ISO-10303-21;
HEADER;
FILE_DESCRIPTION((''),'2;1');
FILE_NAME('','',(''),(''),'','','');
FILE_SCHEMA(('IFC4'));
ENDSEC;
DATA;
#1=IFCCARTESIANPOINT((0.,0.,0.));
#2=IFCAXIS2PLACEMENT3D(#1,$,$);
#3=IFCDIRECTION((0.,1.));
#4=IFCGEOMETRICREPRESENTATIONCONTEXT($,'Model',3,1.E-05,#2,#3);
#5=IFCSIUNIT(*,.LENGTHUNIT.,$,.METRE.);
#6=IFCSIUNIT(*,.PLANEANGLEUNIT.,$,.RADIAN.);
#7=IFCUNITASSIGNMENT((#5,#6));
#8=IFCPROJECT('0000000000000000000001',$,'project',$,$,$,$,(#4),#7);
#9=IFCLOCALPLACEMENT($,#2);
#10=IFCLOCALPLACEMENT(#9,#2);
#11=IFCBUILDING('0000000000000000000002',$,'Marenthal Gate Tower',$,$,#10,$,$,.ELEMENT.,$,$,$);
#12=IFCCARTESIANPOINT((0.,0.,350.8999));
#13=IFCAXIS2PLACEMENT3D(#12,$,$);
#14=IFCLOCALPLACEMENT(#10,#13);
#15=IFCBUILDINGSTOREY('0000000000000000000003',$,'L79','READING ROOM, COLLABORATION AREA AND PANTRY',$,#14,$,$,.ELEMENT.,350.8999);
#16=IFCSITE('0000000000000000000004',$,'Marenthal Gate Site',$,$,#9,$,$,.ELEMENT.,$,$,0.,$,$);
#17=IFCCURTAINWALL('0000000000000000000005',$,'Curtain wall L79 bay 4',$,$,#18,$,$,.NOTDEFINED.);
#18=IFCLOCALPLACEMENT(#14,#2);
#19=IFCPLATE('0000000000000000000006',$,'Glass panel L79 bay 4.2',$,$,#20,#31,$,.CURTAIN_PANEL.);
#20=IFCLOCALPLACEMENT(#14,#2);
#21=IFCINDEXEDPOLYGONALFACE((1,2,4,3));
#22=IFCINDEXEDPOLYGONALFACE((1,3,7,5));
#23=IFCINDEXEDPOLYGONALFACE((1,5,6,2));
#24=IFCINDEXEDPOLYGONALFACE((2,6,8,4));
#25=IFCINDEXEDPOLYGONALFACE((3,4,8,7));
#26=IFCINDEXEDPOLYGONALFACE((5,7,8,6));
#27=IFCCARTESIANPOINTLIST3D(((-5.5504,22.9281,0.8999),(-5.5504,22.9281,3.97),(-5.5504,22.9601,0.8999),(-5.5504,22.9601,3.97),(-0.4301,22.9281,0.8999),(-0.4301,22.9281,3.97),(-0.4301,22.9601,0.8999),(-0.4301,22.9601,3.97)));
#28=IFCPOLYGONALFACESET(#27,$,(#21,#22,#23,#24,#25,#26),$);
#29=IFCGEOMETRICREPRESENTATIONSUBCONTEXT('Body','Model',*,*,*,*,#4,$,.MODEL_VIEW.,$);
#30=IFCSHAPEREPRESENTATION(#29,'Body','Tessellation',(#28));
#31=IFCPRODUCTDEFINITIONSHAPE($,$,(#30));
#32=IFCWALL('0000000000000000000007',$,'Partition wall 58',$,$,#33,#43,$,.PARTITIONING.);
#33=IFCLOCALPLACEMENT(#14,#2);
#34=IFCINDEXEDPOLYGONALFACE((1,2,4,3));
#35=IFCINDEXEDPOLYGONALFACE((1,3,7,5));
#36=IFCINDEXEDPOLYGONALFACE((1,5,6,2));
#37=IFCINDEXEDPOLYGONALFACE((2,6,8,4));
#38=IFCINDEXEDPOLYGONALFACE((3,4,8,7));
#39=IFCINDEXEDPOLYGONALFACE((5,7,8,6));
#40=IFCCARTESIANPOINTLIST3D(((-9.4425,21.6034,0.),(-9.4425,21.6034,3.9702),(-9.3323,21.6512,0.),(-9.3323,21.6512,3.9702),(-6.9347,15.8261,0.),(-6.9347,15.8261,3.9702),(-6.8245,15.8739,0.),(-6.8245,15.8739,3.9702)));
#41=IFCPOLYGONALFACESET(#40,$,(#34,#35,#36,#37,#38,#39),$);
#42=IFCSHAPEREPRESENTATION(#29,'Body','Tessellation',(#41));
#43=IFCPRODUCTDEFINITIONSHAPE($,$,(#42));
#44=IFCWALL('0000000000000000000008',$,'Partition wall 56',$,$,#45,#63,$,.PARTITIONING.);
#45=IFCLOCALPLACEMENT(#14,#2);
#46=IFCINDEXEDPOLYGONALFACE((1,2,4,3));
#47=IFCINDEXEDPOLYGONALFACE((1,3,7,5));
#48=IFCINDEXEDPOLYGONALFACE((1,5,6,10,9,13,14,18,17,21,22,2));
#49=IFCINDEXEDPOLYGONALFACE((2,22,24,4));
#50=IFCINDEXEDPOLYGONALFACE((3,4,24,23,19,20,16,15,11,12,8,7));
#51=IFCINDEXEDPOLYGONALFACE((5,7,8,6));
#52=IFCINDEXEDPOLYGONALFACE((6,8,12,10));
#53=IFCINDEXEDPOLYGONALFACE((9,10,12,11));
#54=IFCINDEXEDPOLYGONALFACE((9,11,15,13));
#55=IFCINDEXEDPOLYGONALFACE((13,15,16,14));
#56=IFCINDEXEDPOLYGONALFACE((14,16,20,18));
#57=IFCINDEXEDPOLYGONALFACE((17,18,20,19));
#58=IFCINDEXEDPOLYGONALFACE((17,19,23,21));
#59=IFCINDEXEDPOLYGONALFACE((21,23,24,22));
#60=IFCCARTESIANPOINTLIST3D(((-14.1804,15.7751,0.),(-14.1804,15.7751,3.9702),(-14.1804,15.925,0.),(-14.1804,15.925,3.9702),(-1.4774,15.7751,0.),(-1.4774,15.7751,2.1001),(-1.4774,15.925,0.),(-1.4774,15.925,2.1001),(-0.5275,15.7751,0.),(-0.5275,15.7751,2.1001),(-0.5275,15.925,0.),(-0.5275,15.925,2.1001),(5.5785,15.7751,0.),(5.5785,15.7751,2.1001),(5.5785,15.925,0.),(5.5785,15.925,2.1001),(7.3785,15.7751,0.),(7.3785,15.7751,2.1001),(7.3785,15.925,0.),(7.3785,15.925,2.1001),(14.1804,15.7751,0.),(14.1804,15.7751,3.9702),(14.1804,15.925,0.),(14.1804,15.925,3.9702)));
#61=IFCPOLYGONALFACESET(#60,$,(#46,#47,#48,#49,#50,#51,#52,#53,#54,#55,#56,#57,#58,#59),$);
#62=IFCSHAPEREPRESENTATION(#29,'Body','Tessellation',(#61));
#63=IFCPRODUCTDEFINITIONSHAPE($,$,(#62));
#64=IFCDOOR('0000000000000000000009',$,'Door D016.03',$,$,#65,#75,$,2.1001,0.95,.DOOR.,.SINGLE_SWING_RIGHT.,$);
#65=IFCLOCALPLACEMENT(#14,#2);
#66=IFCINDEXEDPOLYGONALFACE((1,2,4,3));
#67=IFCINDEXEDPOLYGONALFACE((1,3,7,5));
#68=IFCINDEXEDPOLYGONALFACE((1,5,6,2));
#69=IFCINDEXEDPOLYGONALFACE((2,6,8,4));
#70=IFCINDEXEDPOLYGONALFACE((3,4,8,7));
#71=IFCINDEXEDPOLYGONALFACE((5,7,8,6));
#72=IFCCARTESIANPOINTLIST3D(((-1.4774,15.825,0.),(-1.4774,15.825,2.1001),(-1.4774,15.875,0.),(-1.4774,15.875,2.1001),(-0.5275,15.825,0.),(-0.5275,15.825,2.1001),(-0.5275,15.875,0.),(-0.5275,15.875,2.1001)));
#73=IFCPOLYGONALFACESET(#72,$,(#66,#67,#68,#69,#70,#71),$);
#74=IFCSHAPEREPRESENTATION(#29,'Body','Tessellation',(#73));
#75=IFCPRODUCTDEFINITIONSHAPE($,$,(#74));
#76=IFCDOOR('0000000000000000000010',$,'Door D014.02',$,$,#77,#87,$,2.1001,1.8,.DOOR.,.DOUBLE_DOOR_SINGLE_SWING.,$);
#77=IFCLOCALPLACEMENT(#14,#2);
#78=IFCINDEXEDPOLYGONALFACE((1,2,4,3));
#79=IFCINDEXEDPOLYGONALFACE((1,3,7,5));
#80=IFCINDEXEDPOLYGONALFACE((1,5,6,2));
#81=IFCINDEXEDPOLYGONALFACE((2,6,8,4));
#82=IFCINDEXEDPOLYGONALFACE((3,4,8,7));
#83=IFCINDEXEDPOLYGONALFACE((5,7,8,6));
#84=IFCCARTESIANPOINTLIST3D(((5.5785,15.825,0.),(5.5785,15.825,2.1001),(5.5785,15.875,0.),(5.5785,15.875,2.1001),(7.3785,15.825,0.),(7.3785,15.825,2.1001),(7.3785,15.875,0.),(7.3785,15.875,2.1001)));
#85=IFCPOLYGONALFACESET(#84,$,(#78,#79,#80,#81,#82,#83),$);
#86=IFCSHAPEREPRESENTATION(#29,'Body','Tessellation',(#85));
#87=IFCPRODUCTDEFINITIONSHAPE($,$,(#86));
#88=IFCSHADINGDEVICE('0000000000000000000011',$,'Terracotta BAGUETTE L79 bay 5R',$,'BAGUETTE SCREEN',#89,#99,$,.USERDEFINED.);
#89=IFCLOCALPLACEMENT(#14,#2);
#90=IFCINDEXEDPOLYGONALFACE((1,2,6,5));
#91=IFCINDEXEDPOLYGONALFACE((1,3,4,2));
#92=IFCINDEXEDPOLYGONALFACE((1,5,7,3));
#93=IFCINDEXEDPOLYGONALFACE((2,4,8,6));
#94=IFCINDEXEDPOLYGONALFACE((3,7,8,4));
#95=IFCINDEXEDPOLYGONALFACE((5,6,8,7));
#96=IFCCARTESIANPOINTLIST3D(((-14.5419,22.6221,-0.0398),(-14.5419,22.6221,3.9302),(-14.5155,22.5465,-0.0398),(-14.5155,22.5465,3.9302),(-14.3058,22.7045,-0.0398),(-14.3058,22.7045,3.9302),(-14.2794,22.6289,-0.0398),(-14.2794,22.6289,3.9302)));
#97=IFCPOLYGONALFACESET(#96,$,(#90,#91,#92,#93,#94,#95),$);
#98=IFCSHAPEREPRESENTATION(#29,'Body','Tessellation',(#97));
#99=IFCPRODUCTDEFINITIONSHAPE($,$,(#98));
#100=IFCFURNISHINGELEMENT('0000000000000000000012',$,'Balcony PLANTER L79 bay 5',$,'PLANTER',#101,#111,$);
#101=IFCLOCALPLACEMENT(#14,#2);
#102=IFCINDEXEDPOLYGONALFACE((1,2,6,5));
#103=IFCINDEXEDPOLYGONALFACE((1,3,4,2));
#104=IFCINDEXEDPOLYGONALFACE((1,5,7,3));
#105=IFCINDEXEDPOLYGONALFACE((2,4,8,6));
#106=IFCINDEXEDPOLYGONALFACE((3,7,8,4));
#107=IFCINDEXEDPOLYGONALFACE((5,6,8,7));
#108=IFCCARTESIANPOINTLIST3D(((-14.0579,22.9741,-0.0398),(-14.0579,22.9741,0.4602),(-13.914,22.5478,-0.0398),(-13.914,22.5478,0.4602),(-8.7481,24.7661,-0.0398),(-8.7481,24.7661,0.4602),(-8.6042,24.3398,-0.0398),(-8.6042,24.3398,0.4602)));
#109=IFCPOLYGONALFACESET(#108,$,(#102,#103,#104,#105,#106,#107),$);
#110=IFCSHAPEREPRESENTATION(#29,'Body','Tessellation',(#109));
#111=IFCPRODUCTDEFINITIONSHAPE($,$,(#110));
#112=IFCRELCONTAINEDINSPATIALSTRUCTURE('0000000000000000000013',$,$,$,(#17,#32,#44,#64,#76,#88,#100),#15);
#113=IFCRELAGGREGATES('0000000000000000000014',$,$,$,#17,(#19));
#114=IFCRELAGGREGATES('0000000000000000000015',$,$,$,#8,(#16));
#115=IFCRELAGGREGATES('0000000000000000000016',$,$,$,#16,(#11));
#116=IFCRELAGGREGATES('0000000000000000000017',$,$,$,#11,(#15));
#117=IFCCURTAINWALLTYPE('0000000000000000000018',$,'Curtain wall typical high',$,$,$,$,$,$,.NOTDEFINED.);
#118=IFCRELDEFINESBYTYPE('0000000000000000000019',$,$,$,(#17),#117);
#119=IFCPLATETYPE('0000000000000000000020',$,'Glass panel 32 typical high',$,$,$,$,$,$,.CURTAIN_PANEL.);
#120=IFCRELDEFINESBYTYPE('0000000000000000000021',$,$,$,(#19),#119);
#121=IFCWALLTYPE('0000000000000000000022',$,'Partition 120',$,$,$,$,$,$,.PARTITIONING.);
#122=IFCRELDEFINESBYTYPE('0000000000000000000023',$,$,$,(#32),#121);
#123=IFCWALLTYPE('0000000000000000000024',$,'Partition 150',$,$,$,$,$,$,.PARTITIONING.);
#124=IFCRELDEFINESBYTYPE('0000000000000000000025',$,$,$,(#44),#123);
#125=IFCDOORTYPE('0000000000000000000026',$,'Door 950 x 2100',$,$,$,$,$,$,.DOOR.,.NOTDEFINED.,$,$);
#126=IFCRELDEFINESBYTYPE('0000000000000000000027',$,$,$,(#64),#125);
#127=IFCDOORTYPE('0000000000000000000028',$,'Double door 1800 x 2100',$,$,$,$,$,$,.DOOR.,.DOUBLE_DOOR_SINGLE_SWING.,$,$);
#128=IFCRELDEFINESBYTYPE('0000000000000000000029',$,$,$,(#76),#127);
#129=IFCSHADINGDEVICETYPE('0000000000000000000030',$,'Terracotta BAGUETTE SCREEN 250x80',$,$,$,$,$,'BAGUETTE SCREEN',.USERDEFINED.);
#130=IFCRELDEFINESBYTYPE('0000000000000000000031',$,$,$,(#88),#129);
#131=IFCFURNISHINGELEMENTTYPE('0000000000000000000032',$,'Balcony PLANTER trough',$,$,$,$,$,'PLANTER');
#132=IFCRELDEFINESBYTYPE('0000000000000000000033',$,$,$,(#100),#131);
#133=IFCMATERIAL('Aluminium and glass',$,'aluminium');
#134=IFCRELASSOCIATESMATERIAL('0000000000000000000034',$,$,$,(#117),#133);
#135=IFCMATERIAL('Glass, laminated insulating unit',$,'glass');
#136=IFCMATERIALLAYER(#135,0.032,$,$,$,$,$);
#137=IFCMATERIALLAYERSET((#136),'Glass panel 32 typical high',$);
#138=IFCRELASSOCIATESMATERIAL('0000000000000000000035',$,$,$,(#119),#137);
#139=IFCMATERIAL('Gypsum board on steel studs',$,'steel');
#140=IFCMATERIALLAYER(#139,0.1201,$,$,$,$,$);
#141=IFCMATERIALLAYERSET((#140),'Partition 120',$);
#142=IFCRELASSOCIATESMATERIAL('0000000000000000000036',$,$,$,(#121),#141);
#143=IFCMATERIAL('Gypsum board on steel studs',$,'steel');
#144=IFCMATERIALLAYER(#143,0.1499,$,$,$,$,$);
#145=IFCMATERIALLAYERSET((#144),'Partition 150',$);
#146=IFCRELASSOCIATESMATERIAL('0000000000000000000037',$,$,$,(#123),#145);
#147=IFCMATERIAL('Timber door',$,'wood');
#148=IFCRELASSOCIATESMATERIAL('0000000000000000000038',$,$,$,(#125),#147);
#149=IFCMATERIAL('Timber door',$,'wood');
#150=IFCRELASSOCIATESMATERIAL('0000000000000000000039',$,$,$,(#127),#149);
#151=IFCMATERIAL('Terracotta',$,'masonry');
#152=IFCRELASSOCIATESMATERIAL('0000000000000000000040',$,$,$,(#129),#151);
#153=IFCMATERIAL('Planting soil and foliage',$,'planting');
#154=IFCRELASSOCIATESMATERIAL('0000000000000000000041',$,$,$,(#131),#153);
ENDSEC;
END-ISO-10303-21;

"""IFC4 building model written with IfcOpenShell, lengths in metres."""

from ifc_helpers import new_model, si_unit, direction, frame, frame_2d, origin, origin_2d, place, context, subcontext, project, spatial, rectangle, extrude, material, layer, layer_set, material_profile, profile_set, type_object, element, fill, aggregate, save


model = new_model("IFC4")

# Units and contexts
model_context = context("Model", 3, precision=1e-05, world=origin(), true_north=direction((0.0, 1.0)))
body_context = subcontext(model_context, "Body", "Model", "MODEL_VIEW")
ifc_project = project(units=[si_unit("LENGTHUNIT", "METRE"), si_unit("PLANEANGLEUNIT", "RADIAN")], contexts=[model_context])

# Site, building, storey
site_placement = place(None, origin())
site = spatial("IfcSite", under=ifc_project, at=site_placement, Name="Marenthal Gate Site", CompositionType="ELEMENT", RefElevation=0.0)
building_placement = place(site_placement, origin())
building = spatial("IfcBuilding", under=site, at=building_placement, Name="Marenthal Gate Tower", CompositionType="ELEMENT")
storey_placement = place(building_placement, frame((0.0, 0.0, 350.8999)))
storey = spatial("IfcBuildingStorey", under=building, at=storey_placement, Name="L79", Description="READING ROOM, COLLABORATION AREA AND PANTRY", CompositionType="ELEMENT", Elevation=350.8999)

# Curtain wall
ifc_material_1 = material(Name="Aluminium and glass", Category="aluminium")
curtain_wall_type = type_object("IfcCurtainWallType", Name="Curtain wall typical high", PredefinedType="NOTDEFINED", material=ifc_material_1)
curtain_wall_placement = place(storey_placement, origin())
curtain_wall = element("IfcCurtainWall", 1, at=curtain_wall_placement, inside=storey, type_object=curtain_wall_type, Name="Curtain wall L79 bay 4", PredefinedType="NOTDEFINED")

# Plate
ifc_material_2 = material(Name="Glass, laminated insulating unit", Category="glass")
ifc_layer_1 = layer(ifc_material_2, 0.032)
ifc_layer_set_1 = layer_set([ifc_layer_1], Name="Glass panel 32 typical high")
plate_type = type_object("IfcPlateType", Name="Glass panel 32 typical high", PredefinedType="CURTAIN_PANEL", material=ifc_layer_set_1)
plate_placement = place(storey_placement, frame((-2.9902, 22.9441, 0.8999), z_axis=(0.0, 0.0, 1.0), x_axis=(-1.0, 0.0, 0.0)))
plate = element("IfcPlate", 2, at=plate_placement, type_object=plate_type, Name="Glass panel L79 bay 4.2", PredefinedType="CURTAIN_PANEL", context=body_context, shape_type="SweptSolid", body=[
    extrude(rectangle(XDim=5.1204, YDim=0.032, at=origin_2d()), origin(), (0.0, 0.0, 1.0), 3.0701),
])
aggregate(curtain_wall, [plate])

# Wall
ifc_material_3 = material(Name="Gypsum board on steel studs", Category="steel")
ifc_layer_2 = layer(ifc_material_3, 0.1201)
ifc_layer_set_2 = layer_set([ifc_layer_2], Name="Partition 120")
wall_type_1 = type_object("IfcWallType", Name="Partition 120", PredefinedType="PARTITIONING", material=ifc_layer_set_2)
wall_1_placement = place(storey_placement, frame((-6.8796, 15.8501, 0.0), z_axis=(0.0, 0.0, 1.0), x_axis=(-0.398182, 0.917307, 0.0)))
element("IfcWall", 3, at=wall_1_placement, inside=storey, type_object=wall_type_1, Name="Partition wall 58", PredefinedType="PARTITIONING", context=body_context, shape_type="SweptSolid", body=[
    extrude(rectangle(XDim=6.2981, YDim=0.1201, at=frame_2d((3.1489, 0.0))), origin(), (0.0, 0.0, 1.0), 3.9702),
])

# Wall, openings, doors
ifc_material_4 = material(Name="Gypsum board on steel studs", Category="steel")
ifc_layer_3 = layer(ifc_material_4, 0.1499)
ifc_layer_set_3 = layer_set([ifc_layer_3], Name="Partition 150")
wall_type_2 = type_object("IfcWallType", Name="Partition 150", PredefinedType="PARTITIONING", material=ifc_layer_set_3)
wall_2_placement = place(storey_placement, frame((-14.1804, 15.8501, 0.0), z_axis=(0.0, 0.0, 1.0), x_axis=(1.0, 0.0, 0.0)))
wall_2 = element("IfcWall", 4, at=wall_2_placement, inside=storey, type_object=wall_type_2, Name="Partition wall 56", PredefinedType="PARTITIONING", context=body_context, shape_type="SweptSolid", body=[
    extrude(rectangle(XDim=28.3608, YDim=0.1499, at=frame_2d((14.1804, 0.0))), origin(), (0.0, 0.0, 1.0), 3.9702),
])
opening_1_placement = place(wall_2_placement, frame((19.759, 0.0, 0.0)))
opening_1 = element("IfcOpeningElement", 5, at=opening_1_placement, cuts=wall_2, PredefinedType="OPENING", context=body_context, shape_type="SweptSolid", body=[
    extrude(rectangle(XDim=1.8, YDim=2.1001, at=frame_2d((0.8999, 1.05))), frame((0.0, 0.085, 0.0), z_axis=(0.0, -1.0, 0.0), x_axis=(1.0, 0.0, 0.0)), (0.0, 0.0, 1.0), 0.1699),
])
opening_2_placement = place(wall_2_placement, frame((12.7029, 0.0, 0.0)))
opening_2 = element("IfcOpeningElement", 6, at=opening_2_placement, cuts=wall_2, PredefinedType="OPENING", context=body_context, shape_type="SweptSolid", body=[
    extrude(rectangle(XDim=0.95, YDim=2.1001, at=frame_2d((0.4751, 1.05))), frame((0.0, 0.085, 0.0), z_axis=(0.0, -1.0, 0.0), x_axis=(1.0, 0.0, 0.0)), (0.0, 0.0, 1.0), 0.1699),
])
ifc_material_5 = material(Name="Timber door", Category="wood")
door_type_1 = type_object("IfcDoorType", Name="Door 950 x 2100", OperationType="NOTDEFINED", PredefinedType="DOOR", material=ifc_material_5)
door_1_placement = place(opening_2_placement, origin())
door_1 = element("IfcDoor", 7, at=door_1_placement, inside=storey, type_object=door_type_1, Name="Door D016.03", OperationType="SINGLE_SWING_RIGHT", OverallHeight=2.1001, OverallWidth=0.95, PredefinedType="DOOR", context=body_context, shape_type="SweptSolid", body=[
    extrude(rectangle(XDim=0.95, YDim=2.1001, at=frame_2d((0.4751, 1.05))), frame((0.0, 0.0249, 0.0), z_axis=(0.0, -1.0, 0.0), x_axis=(1.0, 0.0, 0.0)), (0.0, 0.0, 1.0), 0.05),
])
fill(opening_2, door_1)
ifc_material_6 = material(Name="Timber door", Category="wood")
door_type_2 = type_object("IfcDoorType", Name="Double door 1800 x 2100", OperationType="DOUBLE_DOOR_SINGLE_SWING", PredefinedType="DOOR", material=ifc_material_6)
door_2_placement = place(opening_1_placement, origin())
door_2 = element("IfcDoor", 8, at=door_2_placement, inside=storey, type_object=door_type_2, Name="Door D014.02", OperationType="DOUBLE_DOOR_SINGLE_SWING", OverallHeight=2.1001, OverallWidth=1.8, PredefinedType="DOOR", context=body_context, shape_type="SweptSolid", body=[
    extrude(rectangle(XDim=1.8, YDim=2.1001, at=frame_2d((0.8999, 1.05))), frame((0.0, 0.0249, 0.0), z_axis=(0.0, -1.0, 0.0), x_axis=(1.0, 0.0, 0.0)), (0.0, 0.0, 1.0), 0.05),
])
fill(opening_1, door_2)

# Shading device
ifc_material_7 = material(Name="Terracotta", Category="masonry")
ifc_material_profile_1 = material_profile(ifc_material_7, rectangle(XDim=0.25, YDim=0.0801, at=origin_2d()), Name="Terracotta baguette 250x80")
ifc_profile_set_1 = profile_set([ifc_material_profile_1], Name="Terracotta")
shading_device_type = type_object("IfcShadingDeviceType", Name="Terracotta BAGUETTE SCREEN 250x80", ElementType="BAGUETTE SCREEN", PredefinedType="USERDEFINED", material=ifc_profile_set_1)
shading_device_placement = place(storey_placement, frame((-14.4106, 22.6255, -0.0398), z_axis=(0.0, 0.0, 1.0), x_axis=(-0.944152, -0.32951, 0.0)))
element("IfcShadingDevice", 9, at=shading_device_placement, inside=storey, type_object=shading_device_type, Name="Terracotta BAGUETTE L79 bay 5R", ObjectType="BAGUETTE SCREEN", PredefinedType="USERDEFINED", context=body_context, shape_type="SweptSolid", body=[
    extrude(rectangle(XDim=0.25, YDim=0.0801, at=origin_2d()), origin(), (0.0, 0.0, 1.0), 3.97),
])

# Furnishing element
ifc_material_8 = material(Name="Planting soil and foliage", Category="planting")
furnishing_element_type = type_object("IfcFurnishingElementType", Name="Balcony PLANTER trough", ElementType="PLANTER", material=ifc_material_8)
furnishing_placement = place(storey_placement, frame((-11.3311, 23.657, -0.0398), z_axis=(0.0, 0.0, 1.0), x_axis=(-0.947495, -0.31977, 0.0)))
element("IfcFurnishingElement", 10, at=furnishing_placement, inside=storey, type_object=furnishing_element_type, Name="Balcony PLANTER L79 bay 5", ObjectType="PLANTER", context=body_context, shape_type="SweptSolid", body=[
    extrude(rectangle(XDim=5.604, YDim=0.45, at=origin_2d()), origin(), (0.0, 0.0, 1.0), 0.5),
])

save(model, "model.ifc")
